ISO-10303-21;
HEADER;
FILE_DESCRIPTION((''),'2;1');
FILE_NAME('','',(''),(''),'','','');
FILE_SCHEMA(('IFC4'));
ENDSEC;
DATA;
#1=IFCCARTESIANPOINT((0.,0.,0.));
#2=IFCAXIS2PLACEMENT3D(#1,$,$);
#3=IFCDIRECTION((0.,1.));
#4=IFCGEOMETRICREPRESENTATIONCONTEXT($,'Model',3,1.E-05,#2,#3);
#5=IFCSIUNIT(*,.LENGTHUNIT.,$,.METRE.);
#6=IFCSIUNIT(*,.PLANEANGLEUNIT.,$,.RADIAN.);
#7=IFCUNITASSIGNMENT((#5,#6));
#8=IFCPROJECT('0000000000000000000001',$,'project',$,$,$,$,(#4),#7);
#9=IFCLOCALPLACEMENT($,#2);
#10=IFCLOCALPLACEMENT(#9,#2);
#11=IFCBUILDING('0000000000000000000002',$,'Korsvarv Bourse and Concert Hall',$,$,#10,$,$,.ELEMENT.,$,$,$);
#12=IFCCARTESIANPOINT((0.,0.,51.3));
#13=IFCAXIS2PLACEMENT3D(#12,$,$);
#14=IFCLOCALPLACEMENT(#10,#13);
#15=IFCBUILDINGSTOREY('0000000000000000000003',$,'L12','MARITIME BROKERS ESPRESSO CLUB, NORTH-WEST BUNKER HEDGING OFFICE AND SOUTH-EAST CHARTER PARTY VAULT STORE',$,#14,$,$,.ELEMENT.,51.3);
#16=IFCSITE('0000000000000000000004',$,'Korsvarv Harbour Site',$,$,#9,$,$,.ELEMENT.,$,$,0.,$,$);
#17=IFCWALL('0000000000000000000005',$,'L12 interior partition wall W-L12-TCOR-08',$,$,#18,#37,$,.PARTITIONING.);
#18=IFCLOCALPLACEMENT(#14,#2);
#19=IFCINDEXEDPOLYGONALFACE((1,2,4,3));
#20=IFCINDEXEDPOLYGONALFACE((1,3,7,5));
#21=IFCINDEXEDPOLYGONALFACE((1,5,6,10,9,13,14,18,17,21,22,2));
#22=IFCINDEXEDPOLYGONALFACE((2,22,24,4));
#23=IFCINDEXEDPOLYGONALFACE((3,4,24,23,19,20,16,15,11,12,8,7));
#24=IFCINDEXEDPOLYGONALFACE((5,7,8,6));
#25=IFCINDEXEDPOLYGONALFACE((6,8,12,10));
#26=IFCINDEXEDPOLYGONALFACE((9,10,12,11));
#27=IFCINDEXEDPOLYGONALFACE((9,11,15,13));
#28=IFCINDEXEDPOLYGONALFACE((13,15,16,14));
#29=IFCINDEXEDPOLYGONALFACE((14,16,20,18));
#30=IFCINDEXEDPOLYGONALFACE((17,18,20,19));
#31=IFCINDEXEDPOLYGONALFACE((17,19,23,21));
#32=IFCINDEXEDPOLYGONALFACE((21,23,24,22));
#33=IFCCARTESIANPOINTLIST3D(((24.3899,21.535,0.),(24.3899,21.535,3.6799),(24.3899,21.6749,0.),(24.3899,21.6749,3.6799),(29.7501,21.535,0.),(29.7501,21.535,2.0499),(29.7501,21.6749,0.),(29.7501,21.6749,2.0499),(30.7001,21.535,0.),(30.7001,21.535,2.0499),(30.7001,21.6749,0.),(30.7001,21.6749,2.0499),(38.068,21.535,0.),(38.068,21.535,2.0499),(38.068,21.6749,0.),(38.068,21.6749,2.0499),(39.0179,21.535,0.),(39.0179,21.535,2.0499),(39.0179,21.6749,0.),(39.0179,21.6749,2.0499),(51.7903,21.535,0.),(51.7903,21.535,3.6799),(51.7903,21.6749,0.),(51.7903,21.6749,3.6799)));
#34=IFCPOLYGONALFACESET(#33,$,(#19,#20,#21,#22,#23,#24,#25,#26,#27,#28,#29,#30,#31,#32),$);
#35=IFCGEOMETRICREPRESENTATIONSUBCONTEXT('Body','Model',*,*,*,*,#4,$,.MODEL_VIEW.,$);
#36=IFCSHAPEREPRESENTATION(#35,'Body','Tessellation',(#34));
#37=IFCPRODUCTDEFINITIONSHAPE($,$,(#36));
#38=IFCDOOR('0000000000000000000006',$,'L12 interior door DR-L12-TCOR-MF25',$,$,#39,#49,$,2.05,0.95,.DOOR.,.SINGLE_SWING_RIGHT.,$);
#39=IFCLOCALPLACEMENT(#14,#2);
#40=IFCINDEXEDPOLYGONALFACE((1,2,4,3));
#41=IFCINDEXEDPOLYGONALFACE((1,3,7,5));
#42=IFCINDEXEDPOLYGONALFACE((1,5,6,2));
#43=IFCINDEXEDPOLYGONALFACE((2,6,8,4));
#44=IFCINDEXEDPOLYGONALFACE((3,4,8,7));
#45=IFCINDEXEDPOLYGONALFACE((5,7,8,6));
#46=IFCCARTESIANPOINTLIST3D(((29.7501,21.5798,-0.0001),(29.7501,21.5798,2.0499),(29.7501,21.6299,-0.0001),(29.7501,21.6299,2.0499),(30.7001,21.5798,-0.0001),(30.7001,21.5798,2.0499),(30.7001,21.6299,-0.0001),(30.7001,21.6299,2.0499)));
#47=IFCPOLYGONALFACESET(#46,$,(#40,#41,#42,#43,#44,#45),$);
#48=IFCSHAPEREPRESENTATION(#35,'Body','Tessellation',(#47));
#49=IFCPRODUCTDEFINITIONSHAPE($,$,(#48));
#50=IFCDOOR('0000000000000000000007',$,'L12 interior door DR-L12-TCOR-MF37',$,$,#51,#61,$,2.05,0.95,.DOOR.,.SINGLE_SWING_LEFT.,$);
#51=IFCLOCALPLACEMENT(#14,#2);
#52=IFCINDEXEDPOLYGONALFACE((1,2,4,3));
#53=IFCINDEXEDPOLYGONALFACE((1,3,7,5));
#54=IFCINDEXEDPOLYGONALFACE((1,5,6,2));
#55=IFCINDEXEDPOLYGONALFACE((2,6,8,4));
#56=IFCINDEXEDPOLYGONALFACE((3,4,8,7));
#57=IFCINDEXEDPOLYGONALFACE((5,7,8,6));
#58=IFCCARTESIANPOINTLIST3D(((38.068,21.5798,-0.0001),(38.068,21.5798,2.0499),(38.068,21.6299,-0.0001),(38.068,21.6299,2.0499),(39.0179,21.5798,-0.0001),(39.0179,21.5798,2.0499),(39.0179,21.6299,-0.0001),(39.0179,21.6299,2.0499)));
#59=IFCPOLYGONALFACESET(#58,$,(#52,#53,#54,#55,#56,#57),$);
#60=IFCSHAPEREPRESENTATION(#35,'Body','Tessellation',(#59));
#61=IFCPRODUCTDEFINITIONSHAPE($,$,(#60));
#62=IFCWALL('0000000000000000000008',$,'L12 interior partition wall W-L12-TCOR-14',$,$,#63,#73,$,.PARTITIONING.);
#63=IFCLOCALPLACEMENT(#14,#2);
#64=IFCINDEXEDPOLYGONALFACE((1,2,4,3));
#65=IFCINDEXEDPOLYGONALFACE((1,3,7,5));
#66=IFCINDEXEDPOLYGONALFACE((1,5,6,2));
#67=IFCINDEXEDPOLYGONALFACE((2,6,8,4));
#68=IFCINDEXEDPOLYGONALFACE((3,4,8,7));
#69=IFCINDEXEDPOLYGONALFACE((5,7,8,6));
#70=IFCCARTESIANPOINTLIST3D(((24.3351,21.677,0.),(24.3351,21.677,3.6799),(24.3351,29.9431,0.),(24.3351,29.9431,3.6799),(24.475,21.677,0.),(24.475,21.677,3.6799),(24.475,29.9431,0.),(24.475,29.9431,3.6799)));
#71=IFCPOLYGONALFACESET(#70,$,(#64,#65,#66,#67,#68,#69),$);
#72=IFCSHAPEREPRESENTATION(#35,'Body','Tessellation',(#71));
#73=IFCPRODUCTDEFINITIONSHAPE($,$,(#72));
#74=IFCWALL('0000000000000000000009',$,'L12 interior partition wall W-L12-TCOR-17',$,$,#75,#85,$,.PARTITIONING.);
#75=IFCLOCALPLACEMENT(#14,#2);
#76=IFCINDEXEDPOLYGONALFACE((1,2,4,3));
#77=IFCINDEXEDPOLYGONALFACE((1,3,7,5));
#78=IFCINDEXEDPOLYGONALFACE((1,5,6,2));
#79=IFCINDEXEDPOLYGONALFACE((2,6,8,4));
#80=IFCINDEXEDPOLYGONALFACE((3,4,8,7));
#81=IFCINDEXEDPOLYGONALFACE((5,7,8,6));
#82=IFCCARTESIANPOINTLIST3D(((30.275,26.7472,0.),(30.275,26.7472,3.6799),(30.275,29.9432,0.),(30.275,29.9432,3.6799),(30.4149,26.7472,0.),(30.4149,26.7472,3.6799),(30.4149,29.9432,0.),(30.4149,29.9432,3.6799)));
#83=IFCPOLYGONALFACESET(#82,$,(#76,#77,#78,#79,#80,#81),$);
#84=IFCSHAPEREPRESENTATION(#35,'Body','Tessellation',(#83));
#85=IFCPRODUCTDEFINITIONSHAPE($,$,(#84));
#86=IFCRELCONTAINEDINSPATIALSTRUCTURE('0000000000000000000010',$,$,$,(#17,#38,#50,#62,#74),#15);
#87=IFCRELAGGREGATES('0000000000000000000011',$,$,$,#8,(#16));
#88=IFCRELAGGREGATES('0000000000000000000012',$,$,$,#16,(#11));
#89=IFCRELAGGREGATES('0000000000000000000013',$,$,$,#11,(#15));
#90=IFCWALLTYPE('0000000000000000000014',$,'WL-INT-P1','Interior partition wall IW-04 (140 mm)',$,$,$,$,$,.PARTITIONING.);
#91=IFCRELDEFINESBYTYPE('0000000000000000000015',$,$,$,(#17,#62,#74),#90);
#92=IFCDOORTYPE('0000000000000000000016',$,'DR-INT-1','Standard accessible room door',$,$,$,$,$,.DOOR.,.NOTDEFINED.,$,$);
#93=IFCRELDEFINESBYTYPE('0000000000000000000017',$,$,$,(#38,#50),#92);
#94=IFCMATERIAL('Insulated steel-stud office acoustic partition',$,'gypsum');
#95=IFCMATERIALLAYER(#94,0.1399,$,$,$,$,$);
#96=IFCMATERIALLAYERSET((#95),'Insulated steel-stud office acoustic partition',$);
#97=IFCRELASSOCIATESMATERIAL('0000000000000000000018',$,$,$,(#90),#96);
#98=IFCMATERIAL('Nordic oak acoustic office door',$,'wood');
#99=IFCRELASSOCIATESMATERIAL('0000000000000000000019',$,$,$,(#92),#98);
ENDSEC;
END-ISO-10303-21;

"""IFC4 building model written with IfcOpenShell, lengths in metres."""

from ifc_helpers import new_model, si_unit, direction, frame, frame_2d, origin, place, context, subcontext, project, spatial, rectangle, extrude, material, layer, layer_set, type_object, element, fill, save


model = new_model("IFC4")

# Units and contexts
model_context = context("Model", 3, precision=1e-05, world=origin(), true_north=direction((0.0, 1.0)))
body_context = subcontext(model_context, "Body", "Model", "MODEL_VIEW")
ifc_project = project(units=[si_unit("LENGTHUNIT", "METRE"), si_unit("PLANEANGLEUNIT", "RADIAN")], contexts=[model_context])

# Site, building, storey
site_placement = place(None, origin())
site = spatial("IfcSite", under=ifc_project, at=site_placement, Name="Korsvarv Harbour Site", CompositionType="ELEMENT", RefElevation=0.0)
building_placement = place(site_placement, origin())
building = spatial("IfcBuilding", under=site, at=building_placement, Name="Korsvarv Bourse and Concert Hall", CompositionType="ELEMENT")
storey_placement = place(building_placement, frame((0.0, 0.0, 51.3)))
storey = spatial("IfcBuildingStorey", under=building, at=storey_placement, Name="L12", Description="MARITIME BROKERS ESPRESSO CLUB, NORTH-WEST BUNKER HEDGING OFFICE AND SOUTH-EAST CHARTER PARTY VAULT STORE", CompositionType="ELEMENT", Elevation=51.3)

# Wall, openings, doors
ifc_material_1 = material(Name="Insulated steel-stud office acoustic partition", Category="gypsum")
ifc_layer_1 = layer(ifc_material_1, 0.1399)
ifc_layer_set_1 = layer_set([ifc_layer_1], Name="Insulated steel-stud office acoustic partition")
wall_type_1 = type_object("IfcWallType", Name="WL-INT-P1", Description="Interior partition wall IW-04 (140 mm)", PredefinedType="PARTITIONING", material=ifc_layer_set_1)
wall_1_placement = place(storey_placement, frame((24.3899, 21.605, 0.0), z_axis=(0.0, 0.0, 1.0), x_axis=(1.0, 0.0, 0.0)))
wall_1 = element("IfcWall", 1, at=wall_1_placement, inside=storey, type_object=wall_type_1, Name="L12 interior partition wall W-L12-TCOR-08", PredefinedType="PARTITIONING", context=body_context, shape_type="SweptSolid", body=[
    extrude(rectangle(XDim=27.4004, YDim=0.1399, at=frame_2d((13.7002, 0.0))), origin(), (0.0, 0.0, 1.0), 3.6799),
])
opening_1_placement = place(wall_1_placement, frame((5.3601, 0.0, 0.0)))
opening_1 = element("IfcOpeningElement", 2, at=opening_1_placement, cuts=wall_1, PredefinedType="OPENING", context=body_context, shape_type="SweptSolid", body=[
    extrude(rectangle(XDim=0.95, YDim=2.05, at=frame_2d((0.4751, 1.0249))), frame((0.0, 0.0801, 0.0), z_axis=(0.0, -1.0, 0.0), x_axis=(1.0, 0.0, 0.0)), (0.0, 0.0, 1.0), 0.1599),
])
opening_2_placement = place(wall_1_placement, frame((13.678, 0.0, 0.0)))
opening_2 = element("IfcOpeningElement", 3, at=opening_2_placement, cuts=wall_1, PredefinedType="OPENING", context=body_context, shape_type="SweptSolid", body=[
    extrude(rectangle(XDim=0.95, YDim=2.05, at=frame_2d((0.4751, 1.0249))), frame((0.0, 0.0801, 0.0), z_axis=(0.0, -1.0, 0.0), x_axis=(1.0, 0.0, 0.0)), (0.0, 0.0, 1.0), 0.1599),
])
ifc_material_2 = material(Name="Nordic oak acoustic office door", Category="wood")
door_type = type_object("IfcDoorType", Name="DR-INT-1", Description="Standard accessible room door", OperationType="NOTDEFINED", PredefinedType="DOOR", material=ifc_material_2)
door_1_placement = place(opening_1_placement, origin())
door_1 = element("IfcDoor", 4, at=door_1_placement, inside=storey, type_object=door_type, Name="L12 interior door DR-L12-TCOR-MF25", OperationType="SINGLE_SWING_RIGHT", OverallHeight=2.05, OverallWidth=0.95, PredefinedType="DOOR", context=body_context, shape_type="SweptSolid", body=[
    extrude(rectangle(XDim=0.95, YDim=2.05, at=frame_2d((0.4751, 1.0249))), frame((0.0, 0.0249, 0.0), z_axis=(0.0, -1.0, 0.0), x_axis=(1.0, 0.0, 0.0)), (0.0, 0.0, 1.0), 0.05),
])
fill(opening_1, door_1)
door_2_placement = place(opening_2_placement, origin())
door_2 = element("IfcDoor", 5, at=door_2_placement, inside=storey, type_object=door_type, Name="L12 interior door DR-L12-TCOR-MF37", OperationType="SINGLE_SWING_LEFT", OverallHeight=2.05, OverallWidth=0.95, PredefinedType="DOOR", context=body_context, shape_type="SweptSolid", body=[
    extrude(rectangle(XDim=0.95, YDim=2.05, at=frame_2d((0.4751, 1.0249))), frame((0.0, 0.0249, 0.0), z_axis=(0.0, -1.0, 0.0), x_axis=(1.0, 0.0, 0.0)), (0.0, 0.0, 1.0), 0.05),
])
fill(opening_2, door_2)

# Walls
wall_2_placement = place(storey_placement, frame((24.405, 21.677, 0.0), z_axis=(0.0, 0.0, 1.0), x_axis=(0.0, 1.0, 0.0)))
element("IfcWall", 6, at=wall_2_placement, inside=storey, type_object=wall_type_1, Name="L12 interior partition wall W-L12-TCOR-14", PredefinedType="PARTITIONING", context=body_context, shape_type="SweptSolid", body=[
    extrude(rectangle(XDim=8.2661, YDim=0.1399, at=frame_2d((4.1331, 0.0))), origin(), (0.0, 0.0, 1.0), 3.6799),
])
wall_3_placement = place(storey_placement, frame((30.345, 26.7471, 0.0), z_axis=(0.0, 0.0, 1.0), x_axis=(0.0, 1.0, 0.0)))
element("IfcWall", 7, at=wall_3_placement, inside=storey, type_object=wall_type_1, Name="L12 interior partition wall W-L12-TCOR-17", PredefinedType="PARTITIONING", context=body_context, shape_type="SweptSolid", body=[
    extrude(rectangle(XDim=3.196, YDim=0.1399, at=frame_2d((1.5981, 0.0))), origin(), (0.0, 0.0, 1.0), 3.6799),
])

save(model, "model.ifc")
